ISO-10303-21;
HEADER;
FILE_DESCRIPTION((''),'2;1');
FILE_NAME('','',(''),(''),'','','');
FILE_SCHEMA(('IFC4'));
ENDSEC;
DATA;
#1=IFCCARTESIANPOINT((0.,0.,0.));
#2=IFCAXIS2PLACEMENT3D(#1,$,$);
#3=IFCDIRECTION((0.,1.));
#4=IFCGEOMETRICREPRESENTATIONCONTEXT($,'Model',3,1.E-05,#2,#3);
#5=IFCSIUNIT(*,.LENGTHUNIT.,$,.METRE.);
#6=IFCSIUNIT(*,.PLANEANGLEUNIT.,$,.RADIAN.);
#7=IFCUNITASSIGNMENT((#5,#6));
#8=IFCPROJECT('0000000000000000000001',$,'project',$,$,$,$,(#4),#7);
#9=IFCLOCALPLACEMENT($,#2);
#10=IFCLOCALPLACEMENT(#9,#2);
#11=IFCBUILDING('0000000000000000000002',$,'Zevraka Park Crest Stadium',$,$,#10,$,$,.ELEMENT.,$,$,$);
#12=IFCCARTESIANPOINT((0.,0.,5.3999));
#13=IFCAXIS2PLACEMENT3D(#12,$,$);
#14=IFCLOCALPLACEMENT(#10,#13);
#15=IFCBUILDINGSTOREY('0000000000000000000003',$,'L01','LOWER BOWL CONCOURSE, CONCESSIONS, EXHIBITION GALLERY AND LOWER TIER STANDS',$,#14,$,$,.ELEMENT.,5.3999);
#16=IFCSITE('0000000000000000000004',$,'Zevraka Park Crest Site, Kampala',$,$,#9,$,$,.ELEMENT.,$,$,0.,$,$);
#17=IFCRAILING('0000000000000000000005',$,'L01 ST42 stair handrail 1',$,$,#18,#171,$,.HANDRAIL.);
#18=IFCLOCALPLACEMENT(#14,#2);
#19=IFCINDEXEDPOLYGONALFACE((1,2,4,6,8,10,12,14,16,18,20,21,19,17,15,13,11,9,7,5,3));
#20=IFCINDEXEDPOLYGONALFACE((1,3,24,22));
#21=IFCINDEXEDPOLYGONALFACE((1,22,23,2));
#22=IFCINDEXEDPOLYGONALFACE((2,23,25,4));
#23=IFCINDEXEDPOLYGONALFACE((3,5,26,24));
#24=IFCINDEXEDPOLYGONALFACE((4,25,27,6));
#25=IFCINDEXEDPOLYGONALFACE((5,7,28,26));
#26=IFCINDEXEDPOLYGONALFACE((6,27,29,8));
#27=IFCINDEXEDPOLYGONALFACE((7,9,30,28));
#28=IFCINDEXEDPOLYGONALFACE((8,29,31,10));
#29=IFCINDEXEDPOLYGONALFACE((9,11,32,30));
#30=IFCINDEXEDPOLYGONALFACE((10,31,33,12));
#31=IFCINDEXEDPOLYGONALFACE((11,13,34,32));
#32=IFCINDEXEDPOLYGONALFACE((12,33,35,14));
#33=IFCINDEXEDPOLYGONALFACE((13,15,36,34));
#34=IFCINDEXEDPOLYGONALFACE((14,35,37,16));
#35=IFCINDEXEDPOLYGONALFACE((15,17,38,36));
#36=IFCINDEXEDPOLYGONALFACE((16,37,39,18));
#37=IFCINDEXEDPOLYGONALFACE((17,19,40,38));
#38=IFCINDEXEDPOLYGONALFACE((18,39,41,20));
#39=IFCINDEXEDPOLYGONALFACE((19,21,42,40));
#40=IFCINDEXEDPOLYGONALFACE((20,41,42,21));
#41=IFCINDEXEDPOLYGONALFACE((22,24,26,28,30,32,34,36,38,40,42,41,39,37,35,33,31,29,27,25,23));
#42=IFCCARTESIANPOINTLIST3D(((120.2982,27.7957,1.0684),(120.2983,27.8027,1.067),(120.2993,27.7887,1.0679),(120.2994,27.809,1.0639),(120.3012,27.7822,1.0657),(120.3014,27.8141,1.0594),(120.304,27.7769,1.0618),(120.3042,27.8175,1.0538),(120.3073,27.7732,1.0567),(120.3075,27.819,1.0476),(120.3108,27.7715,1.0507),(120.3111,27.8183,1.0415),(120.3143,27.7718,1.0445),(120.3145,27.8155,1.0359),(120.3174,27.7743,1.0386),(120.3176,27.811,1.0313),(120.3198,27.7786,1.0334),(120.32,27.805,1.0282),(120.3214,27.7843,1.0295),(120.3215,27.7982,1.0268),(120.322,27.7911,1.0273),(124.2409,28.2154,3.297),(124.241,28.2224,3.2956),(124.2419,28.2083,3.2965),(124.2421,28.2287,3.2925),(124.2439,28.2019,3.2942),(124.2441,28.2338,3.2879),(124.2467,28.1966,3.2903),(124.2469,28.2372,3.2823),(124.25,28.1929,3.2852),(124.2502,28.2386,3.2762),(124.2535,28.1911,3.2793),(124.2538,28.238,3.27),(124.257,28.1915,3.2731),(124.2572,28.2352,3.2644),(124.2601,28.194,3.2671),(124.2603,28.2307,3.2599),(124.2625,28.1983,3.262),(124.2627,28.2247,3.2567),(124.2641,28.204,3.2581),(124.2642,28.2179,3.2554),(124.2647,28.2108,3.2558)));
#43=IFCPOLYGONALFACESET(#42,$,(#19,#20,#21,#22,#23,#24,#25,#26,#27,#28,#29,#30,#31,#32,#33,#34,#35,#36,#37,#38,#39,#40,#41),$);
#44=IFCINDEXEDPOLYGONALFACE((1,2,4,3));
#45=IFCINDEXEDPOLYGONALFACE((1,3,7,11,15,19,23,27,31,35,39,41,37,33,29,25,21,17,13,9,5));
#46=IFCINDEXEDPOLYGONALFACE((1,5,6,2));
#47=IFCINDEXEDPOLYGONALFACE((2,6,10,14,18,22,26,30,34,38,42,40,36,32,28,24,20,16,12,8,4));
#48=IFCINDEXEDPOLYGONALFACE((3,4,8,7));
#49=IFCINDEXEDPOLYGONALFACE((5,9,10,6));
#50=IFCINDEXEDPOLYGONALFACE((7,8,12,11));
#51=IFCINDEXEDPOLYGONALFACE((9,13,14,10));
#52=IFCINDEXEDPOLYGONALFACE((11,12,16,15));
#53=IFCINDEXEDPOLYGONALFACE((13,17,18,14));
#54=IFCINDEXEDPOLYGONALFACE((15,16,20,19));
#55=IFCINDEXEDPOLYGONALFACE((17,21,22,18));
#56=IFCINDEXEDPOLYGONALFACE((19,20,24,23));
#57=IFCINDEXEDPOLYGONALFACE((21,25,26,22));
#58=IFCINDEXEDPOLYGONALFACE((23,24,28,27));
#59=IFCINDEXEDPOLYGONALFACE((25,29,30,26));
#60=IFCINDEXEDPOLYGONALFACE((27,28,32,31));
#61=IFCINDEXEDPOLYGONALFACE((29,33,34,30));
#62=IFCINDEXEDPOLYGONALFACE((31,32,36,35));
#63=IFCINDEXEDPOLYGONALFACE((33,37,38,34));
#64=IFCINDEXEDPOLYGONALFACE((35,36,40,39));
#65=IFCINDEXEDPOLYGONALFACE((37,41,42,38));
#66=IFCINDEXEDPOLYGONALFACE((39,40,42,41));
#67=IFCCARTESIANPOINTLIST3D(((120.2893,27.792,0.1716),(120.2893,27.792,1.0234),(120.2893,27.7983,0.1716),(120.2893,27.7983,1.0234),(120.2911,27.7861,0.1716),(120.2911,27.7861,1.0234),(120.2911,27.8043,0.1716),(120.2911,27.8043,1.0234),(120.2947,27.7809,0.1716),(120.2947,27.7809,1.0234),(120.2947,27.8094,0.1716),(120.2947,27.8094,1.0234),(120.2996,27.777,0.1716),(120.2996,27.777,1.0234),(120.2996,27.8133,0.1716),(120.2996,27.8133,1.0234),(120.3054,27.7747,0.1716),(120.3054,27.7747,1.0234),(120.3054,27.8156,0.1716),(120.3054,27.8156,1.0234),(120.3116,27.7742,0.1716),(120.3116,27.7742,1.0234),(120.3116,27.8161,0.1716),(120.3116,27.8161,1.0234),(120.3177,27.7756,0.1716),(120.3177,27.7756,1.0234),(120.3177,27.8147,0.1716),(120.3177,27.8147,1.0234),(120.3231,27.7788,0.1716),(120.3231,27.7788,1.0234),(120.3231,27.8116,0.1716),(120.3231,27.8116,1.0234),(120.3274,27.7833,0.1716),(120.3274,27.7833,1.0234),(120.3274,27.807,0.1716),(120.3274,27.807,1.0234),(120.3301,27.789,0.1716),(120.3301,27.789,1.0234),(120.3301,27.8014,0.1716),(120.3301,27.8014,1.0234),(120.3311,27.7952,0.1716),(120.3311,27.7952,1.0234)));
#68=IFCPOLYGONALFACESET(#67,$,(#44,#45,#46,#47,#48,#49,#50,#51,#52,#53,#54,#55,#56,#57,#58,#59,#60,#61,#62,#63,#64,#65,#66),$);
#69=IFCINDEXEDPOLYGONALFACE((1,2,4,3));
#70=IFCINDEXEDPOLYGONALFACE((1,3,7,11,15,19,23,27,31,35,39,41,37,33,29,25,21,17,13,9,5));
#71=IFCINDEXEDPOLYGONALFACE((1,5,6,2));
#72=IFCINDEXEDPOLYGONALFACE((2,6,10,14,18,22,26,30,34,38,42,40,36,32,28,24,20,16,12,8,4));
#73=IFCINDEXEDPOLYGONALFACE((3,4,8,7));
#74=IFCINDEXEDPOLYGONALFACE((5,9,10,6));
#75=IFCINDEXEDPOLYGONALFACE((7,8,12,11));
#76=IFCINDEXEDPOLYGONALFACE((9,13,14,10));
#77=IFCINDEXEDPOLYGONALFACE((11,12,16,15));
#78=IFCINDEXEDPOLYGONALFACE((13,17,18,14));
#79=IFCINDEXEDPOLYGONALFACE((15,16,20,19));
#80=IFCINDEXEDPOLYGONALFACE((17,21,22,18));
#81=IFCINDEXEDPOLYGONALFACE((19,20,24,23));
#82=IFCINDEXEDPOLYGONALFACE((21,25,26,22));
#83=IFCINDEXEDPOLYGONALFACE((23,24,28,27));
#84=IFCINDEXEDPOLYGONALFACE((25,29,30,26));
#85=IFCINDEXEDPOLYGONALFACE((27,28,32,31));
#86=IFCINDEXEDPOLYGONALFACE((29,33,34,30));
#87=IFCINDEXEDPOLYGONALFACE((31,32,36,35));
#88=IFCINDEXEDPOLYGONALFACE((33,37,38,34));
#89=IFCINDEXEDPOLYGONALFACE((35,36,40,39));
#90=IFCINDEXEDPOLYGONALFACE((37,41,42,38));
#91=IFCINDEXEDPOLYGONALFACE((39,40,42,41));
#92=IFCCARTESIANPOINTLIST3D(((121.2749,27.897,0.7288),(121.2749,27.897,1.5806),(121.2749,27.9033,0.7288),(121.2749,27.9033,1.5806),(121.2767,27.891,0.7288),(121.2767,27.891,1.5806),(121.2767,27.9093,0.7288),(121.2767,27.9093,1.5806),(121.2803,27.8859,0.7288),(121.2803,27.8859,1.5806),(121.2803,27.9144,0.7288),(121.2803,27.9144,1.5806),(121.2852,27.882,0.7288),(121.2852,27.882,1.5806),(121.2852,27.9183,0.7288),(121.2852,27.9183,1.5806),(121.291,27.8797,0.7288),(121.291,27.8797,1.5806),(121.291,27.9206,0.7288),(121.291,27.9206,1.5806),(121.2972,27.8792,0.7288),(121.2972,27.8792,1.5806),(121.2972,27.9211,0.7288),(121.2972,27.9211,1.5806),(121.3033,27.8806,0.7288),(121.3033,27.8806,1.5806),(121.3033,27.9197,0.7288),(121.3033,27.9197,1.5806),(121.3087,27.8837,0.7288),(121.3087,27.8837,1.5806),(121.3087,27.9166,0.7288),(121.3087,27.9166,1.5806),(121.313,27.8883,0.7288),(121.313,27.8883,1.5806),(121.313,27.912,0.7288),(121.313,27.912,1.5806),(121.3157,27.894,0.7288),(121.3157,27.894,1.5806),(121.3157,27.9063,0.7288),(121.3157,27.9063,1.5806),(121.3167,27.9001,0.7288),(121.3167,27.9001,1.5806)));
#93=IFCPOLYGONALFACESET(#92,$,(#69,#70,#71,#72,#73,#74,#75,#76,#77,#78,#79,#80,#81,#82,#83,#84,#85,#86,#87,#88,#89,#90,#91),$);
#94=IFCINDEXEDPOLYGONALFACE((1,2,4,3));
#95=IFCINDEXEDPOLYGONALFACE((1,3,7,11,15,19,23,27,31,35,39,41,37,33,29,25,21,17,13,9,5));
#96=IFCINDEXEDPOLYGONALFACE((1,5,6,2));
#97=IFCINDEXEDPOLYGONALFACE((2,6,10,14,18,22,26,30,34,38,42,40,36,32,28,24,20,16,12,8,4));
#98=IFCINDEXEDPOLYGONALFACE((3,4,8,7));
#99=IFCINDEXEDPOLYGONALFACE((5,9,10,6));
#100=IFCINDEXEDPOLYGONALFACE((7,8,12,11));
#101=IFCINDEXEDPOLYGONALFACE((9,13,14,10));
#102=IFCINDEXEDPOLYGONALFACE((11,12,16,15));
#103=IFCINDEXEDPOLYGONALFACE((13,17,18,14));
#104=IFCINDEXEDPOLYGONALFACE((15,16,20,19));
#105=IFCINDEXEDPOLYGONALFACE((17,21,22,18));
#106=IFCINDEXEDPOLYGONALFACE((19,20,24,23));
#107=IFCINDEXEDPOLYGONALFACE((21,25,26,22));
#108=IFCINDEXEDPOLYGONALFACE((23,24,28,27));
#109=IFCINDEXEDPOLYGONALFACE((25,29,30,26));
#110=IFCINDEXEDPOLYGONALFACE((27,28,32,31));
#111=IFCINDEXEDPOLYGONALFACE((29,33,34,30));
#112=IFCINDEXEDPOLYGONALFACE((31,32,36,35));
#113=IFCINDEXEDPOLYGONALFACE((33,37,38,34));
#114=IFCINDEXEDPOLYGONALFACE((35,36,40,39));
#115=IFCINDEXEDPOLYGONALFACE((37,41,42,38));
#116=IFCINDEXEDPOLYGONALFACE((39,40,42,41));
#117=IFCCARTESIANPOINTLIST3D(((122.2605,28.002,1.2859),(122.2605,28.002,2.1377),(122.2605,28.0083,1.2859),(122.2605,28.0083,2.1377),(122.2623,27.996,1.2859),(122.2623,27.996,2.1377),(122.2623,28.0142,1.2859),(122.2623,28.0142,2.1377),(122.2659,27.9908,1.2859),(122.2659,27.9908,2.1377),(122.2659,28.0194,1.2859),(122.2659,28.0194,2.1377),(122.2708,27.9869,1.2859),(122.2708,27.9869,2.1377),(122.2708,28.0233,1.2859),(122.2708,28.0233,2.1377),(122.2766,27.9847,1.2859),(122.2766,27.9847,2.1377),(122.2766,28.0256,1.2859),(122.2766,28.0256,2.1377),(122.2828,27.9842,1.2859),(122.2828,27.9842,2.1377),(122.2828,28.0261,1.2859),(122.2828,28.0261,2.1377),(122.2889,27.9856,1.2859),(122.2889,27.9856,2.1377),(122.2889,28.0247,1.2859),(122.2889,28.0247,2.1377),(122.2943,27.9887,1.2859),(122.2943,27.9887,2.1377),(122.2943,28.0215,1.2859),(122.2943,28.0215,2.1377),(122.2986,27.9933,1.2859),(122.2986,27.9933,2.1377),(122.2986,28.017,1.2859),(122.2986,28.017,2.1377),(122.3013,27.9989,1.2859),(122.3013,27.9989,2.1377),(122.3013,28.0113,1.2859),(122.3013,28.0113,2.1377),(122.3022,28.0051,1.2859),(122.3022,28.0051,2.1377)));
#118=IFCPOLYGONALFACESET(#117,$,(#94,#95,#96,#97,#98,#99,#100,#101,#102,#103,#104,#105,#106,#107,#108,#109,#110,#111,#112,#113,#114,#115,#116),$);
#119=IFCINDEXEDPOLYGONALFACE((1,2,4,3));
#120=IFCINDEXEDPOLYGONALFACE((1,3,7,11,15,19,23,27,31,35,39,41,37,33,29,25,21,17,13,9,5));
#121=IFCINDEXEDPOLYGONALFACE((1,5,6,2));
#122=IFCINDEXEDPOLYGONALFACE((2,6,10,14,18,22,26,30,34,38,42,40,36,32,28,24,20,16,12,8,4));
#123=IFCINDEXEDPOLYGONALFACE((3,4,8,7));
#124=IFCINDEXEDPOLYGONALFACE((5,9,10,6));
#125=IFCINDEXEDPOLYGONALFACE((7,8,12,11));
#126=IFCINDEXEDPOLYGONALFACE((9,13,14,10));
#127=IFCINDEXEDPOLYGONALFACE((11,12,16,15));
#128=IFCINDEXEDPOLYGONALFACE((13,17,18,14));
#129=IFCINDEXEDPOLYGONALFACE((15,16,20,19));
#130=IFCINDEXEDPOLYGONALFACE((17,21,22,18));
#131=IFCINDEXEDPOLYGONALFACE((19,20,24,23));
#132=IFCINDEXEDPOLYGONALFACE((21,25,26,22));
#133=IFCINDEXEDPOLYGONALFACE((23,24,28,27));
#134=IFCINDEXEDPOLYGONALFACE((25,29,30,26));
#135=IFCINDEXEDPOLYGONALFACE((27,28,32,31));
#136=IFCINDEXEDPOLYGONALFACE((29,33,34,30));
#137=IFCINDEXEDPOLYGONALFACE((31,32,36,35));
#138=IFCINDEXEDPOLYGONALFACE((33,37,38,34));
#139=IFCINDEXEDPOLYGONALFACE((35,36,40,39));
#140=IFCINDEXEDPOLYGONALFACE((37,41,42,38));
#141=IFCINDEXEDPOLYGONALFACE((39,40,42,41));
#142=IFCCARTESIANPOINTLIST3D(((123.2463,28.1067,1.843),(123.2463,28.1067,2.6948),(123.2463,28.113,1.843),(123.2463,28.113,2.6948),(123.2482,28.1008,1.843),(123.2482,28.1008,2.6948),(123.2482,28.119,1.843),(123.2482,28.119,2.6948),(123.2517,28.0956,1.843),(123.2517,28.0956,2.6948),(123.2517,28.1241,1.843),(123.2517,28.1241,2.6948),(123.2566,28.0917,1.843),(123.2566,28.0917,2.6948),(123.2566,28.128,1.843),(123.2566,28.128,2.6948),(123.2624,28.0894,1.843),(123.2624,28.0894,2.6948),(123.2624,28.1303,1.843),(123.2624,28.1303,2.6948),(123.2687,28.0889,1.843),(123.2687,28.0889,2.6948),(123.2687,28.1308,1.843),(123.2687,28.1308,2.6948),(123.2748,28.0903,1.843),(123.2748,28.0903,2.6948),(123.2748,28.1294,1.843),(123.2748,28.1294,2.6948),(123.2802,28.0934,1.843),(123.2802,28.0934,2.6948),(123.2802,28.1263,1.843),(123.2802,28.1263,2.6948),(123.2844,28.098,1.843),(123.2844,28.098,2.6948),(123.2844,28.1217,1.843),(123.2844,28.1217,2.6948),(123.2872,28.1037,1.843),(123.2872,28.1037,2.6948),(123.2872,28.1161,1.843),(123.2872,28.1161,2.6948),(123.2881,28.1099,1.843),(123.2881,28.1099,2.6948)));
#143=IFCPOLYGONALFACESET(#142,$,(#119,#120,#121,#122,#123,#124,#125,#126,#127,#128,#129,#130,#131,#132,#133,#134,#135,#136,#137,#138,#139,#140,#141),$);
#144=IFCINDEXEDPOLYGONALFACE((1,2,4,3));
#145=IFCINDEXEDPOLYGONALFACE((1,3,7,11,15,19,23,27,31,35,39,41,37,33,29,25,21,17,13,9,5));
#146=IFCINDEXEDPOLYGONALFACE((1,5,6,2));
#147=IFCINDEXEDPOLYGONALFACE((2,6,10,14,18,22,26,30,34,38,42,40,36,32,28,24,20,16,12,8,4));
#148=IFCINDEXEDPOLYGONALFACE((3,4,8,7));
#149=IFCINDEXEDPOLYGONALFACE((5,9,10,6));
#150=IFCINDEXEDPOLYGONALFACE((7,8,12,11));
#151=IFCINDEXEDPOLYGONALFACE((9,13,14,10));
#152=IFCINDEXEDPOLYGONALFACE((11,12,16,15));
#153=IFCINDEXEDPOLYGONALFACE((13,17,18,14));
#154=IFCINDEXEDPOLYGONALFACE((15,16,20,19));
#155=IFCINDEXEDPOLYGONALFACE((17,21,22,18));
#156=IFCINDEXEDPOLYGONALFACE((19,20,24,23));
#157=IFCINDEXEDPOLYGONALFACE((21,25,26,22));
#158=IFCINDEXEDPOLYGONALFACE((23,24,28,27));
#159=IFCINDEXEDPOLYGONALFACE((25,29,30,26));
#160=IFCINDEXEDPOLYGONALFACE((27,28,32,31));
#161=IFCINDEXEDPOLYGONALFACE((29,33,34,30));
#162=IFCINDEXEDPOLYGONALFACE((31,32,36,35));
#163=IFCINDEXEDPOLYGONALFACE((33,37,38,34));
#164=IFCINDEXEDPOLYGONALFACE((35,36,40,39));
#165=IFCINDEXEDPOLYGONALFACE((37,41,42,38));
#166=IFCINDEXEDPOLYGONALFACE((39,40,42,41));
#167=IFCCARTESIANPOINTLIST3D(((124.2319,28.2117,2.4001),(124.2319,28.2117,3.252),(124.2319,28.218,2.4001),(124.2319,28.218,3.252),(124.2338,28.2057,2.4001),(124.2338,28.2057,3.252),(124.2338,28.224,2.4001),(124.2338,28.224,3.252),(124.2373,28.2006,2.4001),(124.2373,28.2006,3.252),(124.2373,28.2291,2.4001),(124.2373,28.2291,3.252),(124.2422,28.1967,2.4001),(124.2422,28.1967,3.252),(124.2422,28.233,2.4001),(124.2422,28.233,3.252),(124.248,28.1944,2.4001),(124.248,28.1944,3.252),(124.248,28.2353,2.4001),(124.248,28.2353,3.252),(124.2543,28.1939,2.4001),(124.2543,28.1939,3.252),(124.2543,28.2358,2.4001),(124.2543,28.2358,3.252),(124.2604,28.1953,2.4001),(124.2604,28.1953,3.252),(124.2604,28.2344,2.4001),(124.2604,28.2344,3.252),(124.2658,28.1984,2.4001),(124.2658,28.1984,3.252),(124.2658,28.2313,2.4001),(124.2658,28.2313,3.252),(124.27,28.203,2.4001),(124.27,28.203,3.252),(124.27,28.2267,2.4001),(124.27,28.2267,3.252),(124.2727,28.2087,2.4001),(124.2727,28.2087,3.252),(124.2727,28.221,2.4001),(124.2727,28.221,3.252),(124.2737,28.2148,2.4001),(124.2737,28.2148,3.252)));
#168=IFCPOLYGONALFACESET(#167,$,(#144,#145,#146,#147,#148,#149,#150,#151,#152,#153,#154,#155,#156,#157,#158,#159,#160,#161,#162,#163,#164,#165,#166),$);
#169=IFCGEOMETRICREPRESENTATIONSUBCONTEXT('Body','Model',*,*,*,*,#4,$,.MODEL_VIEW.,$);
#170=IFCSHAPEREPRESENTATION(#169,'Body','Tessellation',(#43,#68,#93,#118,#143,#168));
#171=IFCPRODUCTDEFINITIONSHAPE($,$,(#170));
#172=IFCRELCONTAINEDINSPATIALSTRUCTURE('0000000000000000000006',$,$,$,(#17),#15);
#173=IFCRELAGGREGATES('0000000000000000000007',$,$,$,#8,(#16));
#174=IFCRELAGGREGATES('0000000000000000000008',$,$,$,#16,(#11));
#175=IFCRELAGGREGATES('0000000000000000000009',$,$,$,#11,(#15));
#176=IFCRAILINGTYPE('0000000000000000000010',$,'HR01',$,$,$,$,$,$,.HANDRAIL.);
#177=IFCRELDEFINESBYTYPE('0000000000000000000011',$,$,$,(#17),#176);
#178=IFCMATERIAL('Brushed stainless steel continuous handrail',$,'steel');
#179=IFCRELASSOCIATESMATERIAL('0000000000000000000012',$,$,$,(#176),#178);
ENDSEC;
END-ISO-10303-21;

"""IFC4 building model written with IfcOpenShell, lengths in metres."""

from ifc_helpers import new_model, si_unit, direction, frame, origin, origin_2d, place, context, subcontext, project, spatial, circle, extrude, material, type_object, element, save


model = new_model("IFC4")

# Units and contexts
model_context = context("Model", 3, precision=1e-05, world=origin(), true_north=direction((0.0, 1.0)))
body_context = subcontext(model_context, "Body", "Model", "MODEL_VIEW")
ifc_project = project(units=[si_unit("LENGTHUNIT", "METRE"), si_unit("PLANEANGLEUNIT", "RADIAN")], contexts=[model_context])

# Site, building, storey
site_placement = place(None, origin())
site = spatial("IfcSite", under=ifc_project, at=site_placement, Name="Zevraka Park Crest Site, Kampala", CompositionType="ELEMENT", RefElevation=0.0)
building_placement = place(site_placement, origin())
building = spatial("IfcBuilding", under=site, at=building_placement, Name="Zevraka Park Crest Stadium", CompositionType="ELEMENT")
storey_placement = place(building_placement, frame((0.0, 0.0, 5.3999)))
storey = spatial("IfcBuildingStorey", under=building, at=storey_placement, Name="L01", Description="LOWER BOWL CONCOURSE, CONCESSIONS, EXHIBITION GALLERY AND LOWER TIER STANDS", CompositionType="ELEMENT", Elevation=5.3999)

# Railing
ifc_material_1 = material(Name="Brushed stainless steel continuous handrail", Category="steel")
railing_type_1 = type_object("IfcRailingType", Name="HR01", PredefinedType="HANDRAIL", material=ifc_material_1)
railing_1_placement = place(storey_placement, frame((120.3101, 27.7952, 0.1716)))
element("IfcRailing", 1, at=railing_1_placement, inside=storey, type_object=railing_type_1, Name="L01 ST42 stair handrail 1", PredefinedType="HANDRAIL", context=body_context, shape_type="SweptSolid", body=[
    extrude(circle(Radius=0.0239, at=origin_2d()), frame((0.0, 0.0, 0.876), z_axis=(0.866842, 0.092272, 0.48997), x_axis=(-0.105848, 0.994382, 0.0)), (0.0, 0.0, 1.0), 4.5483),
    extrude(circle(Radius=0.021, at=origin_2d()), origin(), (0.0, 0.0, 1.0), 0.8518),
    extrude(circle(Radius=0.021, at=origin_2d()), frame((0.9856, 0.105, 0.5571)), (0.0, 0.0, 1.0), 0.8518),
    extrude(circle(Radius=0.021, at=origin_2d()), frame((1.9712, 0.21, 1.1143)), (0.0, 0.0, 1.0), 0.8518),
    extrude(circle(Radius=0.021, at=origin_2d()), frame((2.957, 0.3147, 1.6714)), (0.0, 0.0, 1.0), 0.8518),
    extrude(circle(Radius=0.021, at=origin_2d()), frame((3.9426, 0.4197, 2.2285)), (0.0, 0.0, 1.0), 0.8518),
])

save(model, "model.ifc")
